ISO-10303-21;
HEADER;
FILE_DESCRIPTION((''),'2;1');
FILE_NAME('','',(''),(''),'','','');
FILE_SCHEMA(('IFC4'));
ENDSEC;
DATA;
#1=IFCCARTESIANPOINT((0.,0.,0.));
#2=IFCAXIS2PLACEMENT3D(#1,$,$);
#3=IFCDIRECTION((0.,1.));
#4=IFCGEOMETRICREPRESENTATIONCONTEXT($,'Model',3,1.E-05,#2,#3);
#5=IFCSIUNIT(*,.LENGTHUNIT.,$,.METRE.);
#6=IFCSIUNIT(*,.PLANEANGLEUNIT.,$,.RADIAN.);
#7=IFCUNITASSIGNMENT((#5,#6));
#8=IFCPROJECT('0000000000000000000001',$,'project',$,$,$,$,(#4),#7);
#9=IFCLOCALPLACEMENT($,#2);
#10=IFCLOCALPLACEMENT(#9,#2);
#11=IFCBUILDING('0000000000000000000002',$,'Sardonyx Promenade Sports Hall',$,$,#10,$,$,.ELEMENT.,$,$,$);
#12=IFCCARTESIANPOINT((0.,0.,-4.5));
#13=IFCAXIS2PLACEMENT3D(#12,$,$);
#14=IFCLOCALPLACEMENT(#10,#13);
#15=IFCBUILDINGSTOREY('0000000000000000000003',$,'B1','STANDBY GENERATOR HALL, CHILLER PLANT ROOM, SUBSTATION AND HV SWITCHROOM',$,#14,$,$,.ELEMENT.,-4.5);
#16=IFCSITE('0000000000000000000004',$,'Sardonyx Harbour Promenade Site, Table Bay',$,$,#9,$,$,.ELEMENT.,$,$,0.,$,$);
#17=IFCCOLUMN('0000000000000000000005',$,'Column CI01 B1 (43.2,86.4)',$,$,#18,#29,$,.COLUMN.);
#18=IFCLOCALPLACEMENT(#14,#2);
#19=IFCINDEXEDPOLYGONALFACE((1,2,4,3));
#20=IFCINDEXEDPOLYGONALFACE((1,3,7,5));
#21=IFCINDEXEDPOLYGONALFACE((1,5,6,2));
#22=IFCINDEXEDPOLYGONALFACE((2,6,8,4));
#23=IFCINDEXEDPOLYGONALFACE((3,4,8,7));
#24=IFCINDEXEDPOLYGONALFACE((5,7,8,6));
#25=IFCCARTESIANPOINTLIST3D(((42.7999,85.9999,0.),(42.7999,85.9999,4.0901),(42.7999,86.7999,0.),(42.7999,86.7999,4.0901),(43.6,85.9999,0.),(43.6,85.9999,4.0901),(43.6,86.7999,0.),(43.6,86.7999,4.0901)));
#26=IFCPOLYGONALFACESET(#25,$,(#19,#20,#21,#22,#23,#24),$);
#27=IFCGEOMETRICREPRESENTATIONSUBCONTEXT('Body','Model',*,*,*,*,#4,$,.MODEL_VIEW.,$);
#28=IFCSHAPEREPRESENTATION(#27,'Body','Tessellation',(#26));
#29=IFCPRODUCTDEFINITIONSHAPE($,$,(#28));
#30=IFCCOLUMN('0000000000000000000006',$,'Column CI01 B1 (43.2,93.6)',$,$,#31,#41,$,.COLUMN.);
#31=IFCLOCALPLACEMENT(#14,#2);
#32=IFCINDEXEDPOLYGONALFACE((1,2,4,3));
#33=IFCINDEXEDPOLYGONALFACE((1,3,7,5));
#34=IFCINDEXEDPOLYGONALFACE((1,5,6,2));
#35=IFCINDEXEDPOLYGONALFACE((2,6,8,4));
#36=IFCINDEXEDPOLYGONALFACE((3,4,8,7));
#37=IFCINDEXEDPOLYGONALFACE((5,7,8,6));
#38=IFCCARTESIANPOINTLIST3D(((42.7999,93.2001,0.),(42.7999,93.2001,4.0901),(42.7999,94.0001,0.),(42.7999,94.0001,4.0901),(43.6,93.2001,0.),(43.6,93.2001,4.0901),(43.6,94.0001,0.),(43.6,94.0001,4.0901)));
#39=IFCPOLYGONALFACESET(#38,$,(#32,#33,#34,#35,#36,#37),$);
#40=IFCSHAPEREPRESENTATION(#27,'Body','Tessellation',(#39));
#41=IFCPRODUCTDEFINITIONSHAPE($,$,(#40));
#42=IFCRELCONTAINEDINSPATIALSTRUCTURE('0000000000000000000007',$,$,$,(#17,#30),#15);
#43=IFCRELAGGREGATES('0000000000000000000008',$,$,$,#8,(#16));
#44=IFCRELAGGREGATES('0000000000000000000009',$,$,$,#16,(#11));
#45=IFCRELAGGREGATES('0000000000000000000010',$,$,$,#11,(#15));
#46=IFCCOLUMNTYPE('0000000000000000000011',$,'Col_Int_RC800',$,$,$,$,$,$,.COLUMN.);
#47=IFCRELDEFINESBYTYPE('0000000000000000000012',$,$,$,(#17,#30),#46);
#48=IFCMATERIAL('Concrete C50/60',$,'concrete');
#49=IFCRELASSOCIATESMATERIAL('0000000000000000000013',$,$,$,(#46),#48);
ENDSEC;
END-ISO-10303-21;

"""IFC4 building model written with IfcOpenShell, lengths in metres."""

from ifc_helpers import new_model, si_unit, direction, frame, origin, origin_2d, place, context, subcontext, project, spatial, rectangle, extrude, material, material_profile, profile_set, type_object, element, save


model = new_model("IFC4")

# Units and contexts
model_context = context("Model", 3, precision=1e-05, world=origin(), true_north=direction((0.0, 1.0)))
body_context = subcontext(model_context, "Body", "Model", "MODEL_VIEW")
ifc_project = project(units=[si_unit("LENGTHUNIT", "METRE"), si_unit("PLANEANGLEUNIT", "RADIAN")], contexts=[model_context])

# Site, building, storey
site_placement = place(None, origin())
site = spatial("IfcSite", under=ifc_project, at=site_placement, Name="Sardonyx Harbour Promenade Site, Table Bay", CompositionType="ELEMENT", RefElevation=0.0)
building_placement = place(site_placement, origin())
building = spatial("IfcBuilding", under=site, at=building_placement, Name="Sardonyx Promenade Sports Hall", CompositionType="ELEMENT")
storey_placement = place(building_placement, frame((0.0, 0.0, -4.5)))
storey = spatial("IfcBuildingStorey", under=building, at=storey_placement, Name="B1", Description="STANDBY GENERATOR HALL, CHILLER PLANT ROOM, SUBSTATION AND HV SWITCHROOM", CompositionType="ELEMENT", Elevation=-4.5)

# Columns
ifc_material_1 = material(Name="Concrete C50/60", Category="concrete")
ifc_material_profile_1 = material_profile(ifc_material_1, rectangle(XDim=0.8, YDim=0.8, at=origin_2d()))
ifc_profile_set_1 = profile_set([ifc_material_profile_1], Name="Concrete C50/60")
column_type_1 = type_object("IfcColumnType", Name="Col_Int_RC800", PredefinedType="COLUMN", material=ifc_profile_set_1)
for number, where, z_axis, x_axis, name in (
    (1, (43.2, 86.3999, 0.0), (0.0, 0.0, 1.0), (1.0, 0.0, 0.0), "Column CI01 B1 (43.2,86.4)"),
    (2, (43.2, 93.6001, 0.0), (0.0, 0.0, 1.0), (1.0, 0.0, 0.0), "Column CI01 B1 (43.2,93.6)"),
):
    element("IfcColumn", number, at=place(storey_placement, frame(where, z_axis=z_axis, x_axis=x_axis)), inside=storey, type_object=column_type_1, Name=name, PredefinedType="COLUMN", context=body_context, shape_type="SweptSolid", body=[
        extrude(rectangle(XDim=0.8, YDim=0.8, at=origin_2d()), origin(), (0.0, 0.0, 1.0), 4.0901),
    ])

save(model, "model.ifc")
